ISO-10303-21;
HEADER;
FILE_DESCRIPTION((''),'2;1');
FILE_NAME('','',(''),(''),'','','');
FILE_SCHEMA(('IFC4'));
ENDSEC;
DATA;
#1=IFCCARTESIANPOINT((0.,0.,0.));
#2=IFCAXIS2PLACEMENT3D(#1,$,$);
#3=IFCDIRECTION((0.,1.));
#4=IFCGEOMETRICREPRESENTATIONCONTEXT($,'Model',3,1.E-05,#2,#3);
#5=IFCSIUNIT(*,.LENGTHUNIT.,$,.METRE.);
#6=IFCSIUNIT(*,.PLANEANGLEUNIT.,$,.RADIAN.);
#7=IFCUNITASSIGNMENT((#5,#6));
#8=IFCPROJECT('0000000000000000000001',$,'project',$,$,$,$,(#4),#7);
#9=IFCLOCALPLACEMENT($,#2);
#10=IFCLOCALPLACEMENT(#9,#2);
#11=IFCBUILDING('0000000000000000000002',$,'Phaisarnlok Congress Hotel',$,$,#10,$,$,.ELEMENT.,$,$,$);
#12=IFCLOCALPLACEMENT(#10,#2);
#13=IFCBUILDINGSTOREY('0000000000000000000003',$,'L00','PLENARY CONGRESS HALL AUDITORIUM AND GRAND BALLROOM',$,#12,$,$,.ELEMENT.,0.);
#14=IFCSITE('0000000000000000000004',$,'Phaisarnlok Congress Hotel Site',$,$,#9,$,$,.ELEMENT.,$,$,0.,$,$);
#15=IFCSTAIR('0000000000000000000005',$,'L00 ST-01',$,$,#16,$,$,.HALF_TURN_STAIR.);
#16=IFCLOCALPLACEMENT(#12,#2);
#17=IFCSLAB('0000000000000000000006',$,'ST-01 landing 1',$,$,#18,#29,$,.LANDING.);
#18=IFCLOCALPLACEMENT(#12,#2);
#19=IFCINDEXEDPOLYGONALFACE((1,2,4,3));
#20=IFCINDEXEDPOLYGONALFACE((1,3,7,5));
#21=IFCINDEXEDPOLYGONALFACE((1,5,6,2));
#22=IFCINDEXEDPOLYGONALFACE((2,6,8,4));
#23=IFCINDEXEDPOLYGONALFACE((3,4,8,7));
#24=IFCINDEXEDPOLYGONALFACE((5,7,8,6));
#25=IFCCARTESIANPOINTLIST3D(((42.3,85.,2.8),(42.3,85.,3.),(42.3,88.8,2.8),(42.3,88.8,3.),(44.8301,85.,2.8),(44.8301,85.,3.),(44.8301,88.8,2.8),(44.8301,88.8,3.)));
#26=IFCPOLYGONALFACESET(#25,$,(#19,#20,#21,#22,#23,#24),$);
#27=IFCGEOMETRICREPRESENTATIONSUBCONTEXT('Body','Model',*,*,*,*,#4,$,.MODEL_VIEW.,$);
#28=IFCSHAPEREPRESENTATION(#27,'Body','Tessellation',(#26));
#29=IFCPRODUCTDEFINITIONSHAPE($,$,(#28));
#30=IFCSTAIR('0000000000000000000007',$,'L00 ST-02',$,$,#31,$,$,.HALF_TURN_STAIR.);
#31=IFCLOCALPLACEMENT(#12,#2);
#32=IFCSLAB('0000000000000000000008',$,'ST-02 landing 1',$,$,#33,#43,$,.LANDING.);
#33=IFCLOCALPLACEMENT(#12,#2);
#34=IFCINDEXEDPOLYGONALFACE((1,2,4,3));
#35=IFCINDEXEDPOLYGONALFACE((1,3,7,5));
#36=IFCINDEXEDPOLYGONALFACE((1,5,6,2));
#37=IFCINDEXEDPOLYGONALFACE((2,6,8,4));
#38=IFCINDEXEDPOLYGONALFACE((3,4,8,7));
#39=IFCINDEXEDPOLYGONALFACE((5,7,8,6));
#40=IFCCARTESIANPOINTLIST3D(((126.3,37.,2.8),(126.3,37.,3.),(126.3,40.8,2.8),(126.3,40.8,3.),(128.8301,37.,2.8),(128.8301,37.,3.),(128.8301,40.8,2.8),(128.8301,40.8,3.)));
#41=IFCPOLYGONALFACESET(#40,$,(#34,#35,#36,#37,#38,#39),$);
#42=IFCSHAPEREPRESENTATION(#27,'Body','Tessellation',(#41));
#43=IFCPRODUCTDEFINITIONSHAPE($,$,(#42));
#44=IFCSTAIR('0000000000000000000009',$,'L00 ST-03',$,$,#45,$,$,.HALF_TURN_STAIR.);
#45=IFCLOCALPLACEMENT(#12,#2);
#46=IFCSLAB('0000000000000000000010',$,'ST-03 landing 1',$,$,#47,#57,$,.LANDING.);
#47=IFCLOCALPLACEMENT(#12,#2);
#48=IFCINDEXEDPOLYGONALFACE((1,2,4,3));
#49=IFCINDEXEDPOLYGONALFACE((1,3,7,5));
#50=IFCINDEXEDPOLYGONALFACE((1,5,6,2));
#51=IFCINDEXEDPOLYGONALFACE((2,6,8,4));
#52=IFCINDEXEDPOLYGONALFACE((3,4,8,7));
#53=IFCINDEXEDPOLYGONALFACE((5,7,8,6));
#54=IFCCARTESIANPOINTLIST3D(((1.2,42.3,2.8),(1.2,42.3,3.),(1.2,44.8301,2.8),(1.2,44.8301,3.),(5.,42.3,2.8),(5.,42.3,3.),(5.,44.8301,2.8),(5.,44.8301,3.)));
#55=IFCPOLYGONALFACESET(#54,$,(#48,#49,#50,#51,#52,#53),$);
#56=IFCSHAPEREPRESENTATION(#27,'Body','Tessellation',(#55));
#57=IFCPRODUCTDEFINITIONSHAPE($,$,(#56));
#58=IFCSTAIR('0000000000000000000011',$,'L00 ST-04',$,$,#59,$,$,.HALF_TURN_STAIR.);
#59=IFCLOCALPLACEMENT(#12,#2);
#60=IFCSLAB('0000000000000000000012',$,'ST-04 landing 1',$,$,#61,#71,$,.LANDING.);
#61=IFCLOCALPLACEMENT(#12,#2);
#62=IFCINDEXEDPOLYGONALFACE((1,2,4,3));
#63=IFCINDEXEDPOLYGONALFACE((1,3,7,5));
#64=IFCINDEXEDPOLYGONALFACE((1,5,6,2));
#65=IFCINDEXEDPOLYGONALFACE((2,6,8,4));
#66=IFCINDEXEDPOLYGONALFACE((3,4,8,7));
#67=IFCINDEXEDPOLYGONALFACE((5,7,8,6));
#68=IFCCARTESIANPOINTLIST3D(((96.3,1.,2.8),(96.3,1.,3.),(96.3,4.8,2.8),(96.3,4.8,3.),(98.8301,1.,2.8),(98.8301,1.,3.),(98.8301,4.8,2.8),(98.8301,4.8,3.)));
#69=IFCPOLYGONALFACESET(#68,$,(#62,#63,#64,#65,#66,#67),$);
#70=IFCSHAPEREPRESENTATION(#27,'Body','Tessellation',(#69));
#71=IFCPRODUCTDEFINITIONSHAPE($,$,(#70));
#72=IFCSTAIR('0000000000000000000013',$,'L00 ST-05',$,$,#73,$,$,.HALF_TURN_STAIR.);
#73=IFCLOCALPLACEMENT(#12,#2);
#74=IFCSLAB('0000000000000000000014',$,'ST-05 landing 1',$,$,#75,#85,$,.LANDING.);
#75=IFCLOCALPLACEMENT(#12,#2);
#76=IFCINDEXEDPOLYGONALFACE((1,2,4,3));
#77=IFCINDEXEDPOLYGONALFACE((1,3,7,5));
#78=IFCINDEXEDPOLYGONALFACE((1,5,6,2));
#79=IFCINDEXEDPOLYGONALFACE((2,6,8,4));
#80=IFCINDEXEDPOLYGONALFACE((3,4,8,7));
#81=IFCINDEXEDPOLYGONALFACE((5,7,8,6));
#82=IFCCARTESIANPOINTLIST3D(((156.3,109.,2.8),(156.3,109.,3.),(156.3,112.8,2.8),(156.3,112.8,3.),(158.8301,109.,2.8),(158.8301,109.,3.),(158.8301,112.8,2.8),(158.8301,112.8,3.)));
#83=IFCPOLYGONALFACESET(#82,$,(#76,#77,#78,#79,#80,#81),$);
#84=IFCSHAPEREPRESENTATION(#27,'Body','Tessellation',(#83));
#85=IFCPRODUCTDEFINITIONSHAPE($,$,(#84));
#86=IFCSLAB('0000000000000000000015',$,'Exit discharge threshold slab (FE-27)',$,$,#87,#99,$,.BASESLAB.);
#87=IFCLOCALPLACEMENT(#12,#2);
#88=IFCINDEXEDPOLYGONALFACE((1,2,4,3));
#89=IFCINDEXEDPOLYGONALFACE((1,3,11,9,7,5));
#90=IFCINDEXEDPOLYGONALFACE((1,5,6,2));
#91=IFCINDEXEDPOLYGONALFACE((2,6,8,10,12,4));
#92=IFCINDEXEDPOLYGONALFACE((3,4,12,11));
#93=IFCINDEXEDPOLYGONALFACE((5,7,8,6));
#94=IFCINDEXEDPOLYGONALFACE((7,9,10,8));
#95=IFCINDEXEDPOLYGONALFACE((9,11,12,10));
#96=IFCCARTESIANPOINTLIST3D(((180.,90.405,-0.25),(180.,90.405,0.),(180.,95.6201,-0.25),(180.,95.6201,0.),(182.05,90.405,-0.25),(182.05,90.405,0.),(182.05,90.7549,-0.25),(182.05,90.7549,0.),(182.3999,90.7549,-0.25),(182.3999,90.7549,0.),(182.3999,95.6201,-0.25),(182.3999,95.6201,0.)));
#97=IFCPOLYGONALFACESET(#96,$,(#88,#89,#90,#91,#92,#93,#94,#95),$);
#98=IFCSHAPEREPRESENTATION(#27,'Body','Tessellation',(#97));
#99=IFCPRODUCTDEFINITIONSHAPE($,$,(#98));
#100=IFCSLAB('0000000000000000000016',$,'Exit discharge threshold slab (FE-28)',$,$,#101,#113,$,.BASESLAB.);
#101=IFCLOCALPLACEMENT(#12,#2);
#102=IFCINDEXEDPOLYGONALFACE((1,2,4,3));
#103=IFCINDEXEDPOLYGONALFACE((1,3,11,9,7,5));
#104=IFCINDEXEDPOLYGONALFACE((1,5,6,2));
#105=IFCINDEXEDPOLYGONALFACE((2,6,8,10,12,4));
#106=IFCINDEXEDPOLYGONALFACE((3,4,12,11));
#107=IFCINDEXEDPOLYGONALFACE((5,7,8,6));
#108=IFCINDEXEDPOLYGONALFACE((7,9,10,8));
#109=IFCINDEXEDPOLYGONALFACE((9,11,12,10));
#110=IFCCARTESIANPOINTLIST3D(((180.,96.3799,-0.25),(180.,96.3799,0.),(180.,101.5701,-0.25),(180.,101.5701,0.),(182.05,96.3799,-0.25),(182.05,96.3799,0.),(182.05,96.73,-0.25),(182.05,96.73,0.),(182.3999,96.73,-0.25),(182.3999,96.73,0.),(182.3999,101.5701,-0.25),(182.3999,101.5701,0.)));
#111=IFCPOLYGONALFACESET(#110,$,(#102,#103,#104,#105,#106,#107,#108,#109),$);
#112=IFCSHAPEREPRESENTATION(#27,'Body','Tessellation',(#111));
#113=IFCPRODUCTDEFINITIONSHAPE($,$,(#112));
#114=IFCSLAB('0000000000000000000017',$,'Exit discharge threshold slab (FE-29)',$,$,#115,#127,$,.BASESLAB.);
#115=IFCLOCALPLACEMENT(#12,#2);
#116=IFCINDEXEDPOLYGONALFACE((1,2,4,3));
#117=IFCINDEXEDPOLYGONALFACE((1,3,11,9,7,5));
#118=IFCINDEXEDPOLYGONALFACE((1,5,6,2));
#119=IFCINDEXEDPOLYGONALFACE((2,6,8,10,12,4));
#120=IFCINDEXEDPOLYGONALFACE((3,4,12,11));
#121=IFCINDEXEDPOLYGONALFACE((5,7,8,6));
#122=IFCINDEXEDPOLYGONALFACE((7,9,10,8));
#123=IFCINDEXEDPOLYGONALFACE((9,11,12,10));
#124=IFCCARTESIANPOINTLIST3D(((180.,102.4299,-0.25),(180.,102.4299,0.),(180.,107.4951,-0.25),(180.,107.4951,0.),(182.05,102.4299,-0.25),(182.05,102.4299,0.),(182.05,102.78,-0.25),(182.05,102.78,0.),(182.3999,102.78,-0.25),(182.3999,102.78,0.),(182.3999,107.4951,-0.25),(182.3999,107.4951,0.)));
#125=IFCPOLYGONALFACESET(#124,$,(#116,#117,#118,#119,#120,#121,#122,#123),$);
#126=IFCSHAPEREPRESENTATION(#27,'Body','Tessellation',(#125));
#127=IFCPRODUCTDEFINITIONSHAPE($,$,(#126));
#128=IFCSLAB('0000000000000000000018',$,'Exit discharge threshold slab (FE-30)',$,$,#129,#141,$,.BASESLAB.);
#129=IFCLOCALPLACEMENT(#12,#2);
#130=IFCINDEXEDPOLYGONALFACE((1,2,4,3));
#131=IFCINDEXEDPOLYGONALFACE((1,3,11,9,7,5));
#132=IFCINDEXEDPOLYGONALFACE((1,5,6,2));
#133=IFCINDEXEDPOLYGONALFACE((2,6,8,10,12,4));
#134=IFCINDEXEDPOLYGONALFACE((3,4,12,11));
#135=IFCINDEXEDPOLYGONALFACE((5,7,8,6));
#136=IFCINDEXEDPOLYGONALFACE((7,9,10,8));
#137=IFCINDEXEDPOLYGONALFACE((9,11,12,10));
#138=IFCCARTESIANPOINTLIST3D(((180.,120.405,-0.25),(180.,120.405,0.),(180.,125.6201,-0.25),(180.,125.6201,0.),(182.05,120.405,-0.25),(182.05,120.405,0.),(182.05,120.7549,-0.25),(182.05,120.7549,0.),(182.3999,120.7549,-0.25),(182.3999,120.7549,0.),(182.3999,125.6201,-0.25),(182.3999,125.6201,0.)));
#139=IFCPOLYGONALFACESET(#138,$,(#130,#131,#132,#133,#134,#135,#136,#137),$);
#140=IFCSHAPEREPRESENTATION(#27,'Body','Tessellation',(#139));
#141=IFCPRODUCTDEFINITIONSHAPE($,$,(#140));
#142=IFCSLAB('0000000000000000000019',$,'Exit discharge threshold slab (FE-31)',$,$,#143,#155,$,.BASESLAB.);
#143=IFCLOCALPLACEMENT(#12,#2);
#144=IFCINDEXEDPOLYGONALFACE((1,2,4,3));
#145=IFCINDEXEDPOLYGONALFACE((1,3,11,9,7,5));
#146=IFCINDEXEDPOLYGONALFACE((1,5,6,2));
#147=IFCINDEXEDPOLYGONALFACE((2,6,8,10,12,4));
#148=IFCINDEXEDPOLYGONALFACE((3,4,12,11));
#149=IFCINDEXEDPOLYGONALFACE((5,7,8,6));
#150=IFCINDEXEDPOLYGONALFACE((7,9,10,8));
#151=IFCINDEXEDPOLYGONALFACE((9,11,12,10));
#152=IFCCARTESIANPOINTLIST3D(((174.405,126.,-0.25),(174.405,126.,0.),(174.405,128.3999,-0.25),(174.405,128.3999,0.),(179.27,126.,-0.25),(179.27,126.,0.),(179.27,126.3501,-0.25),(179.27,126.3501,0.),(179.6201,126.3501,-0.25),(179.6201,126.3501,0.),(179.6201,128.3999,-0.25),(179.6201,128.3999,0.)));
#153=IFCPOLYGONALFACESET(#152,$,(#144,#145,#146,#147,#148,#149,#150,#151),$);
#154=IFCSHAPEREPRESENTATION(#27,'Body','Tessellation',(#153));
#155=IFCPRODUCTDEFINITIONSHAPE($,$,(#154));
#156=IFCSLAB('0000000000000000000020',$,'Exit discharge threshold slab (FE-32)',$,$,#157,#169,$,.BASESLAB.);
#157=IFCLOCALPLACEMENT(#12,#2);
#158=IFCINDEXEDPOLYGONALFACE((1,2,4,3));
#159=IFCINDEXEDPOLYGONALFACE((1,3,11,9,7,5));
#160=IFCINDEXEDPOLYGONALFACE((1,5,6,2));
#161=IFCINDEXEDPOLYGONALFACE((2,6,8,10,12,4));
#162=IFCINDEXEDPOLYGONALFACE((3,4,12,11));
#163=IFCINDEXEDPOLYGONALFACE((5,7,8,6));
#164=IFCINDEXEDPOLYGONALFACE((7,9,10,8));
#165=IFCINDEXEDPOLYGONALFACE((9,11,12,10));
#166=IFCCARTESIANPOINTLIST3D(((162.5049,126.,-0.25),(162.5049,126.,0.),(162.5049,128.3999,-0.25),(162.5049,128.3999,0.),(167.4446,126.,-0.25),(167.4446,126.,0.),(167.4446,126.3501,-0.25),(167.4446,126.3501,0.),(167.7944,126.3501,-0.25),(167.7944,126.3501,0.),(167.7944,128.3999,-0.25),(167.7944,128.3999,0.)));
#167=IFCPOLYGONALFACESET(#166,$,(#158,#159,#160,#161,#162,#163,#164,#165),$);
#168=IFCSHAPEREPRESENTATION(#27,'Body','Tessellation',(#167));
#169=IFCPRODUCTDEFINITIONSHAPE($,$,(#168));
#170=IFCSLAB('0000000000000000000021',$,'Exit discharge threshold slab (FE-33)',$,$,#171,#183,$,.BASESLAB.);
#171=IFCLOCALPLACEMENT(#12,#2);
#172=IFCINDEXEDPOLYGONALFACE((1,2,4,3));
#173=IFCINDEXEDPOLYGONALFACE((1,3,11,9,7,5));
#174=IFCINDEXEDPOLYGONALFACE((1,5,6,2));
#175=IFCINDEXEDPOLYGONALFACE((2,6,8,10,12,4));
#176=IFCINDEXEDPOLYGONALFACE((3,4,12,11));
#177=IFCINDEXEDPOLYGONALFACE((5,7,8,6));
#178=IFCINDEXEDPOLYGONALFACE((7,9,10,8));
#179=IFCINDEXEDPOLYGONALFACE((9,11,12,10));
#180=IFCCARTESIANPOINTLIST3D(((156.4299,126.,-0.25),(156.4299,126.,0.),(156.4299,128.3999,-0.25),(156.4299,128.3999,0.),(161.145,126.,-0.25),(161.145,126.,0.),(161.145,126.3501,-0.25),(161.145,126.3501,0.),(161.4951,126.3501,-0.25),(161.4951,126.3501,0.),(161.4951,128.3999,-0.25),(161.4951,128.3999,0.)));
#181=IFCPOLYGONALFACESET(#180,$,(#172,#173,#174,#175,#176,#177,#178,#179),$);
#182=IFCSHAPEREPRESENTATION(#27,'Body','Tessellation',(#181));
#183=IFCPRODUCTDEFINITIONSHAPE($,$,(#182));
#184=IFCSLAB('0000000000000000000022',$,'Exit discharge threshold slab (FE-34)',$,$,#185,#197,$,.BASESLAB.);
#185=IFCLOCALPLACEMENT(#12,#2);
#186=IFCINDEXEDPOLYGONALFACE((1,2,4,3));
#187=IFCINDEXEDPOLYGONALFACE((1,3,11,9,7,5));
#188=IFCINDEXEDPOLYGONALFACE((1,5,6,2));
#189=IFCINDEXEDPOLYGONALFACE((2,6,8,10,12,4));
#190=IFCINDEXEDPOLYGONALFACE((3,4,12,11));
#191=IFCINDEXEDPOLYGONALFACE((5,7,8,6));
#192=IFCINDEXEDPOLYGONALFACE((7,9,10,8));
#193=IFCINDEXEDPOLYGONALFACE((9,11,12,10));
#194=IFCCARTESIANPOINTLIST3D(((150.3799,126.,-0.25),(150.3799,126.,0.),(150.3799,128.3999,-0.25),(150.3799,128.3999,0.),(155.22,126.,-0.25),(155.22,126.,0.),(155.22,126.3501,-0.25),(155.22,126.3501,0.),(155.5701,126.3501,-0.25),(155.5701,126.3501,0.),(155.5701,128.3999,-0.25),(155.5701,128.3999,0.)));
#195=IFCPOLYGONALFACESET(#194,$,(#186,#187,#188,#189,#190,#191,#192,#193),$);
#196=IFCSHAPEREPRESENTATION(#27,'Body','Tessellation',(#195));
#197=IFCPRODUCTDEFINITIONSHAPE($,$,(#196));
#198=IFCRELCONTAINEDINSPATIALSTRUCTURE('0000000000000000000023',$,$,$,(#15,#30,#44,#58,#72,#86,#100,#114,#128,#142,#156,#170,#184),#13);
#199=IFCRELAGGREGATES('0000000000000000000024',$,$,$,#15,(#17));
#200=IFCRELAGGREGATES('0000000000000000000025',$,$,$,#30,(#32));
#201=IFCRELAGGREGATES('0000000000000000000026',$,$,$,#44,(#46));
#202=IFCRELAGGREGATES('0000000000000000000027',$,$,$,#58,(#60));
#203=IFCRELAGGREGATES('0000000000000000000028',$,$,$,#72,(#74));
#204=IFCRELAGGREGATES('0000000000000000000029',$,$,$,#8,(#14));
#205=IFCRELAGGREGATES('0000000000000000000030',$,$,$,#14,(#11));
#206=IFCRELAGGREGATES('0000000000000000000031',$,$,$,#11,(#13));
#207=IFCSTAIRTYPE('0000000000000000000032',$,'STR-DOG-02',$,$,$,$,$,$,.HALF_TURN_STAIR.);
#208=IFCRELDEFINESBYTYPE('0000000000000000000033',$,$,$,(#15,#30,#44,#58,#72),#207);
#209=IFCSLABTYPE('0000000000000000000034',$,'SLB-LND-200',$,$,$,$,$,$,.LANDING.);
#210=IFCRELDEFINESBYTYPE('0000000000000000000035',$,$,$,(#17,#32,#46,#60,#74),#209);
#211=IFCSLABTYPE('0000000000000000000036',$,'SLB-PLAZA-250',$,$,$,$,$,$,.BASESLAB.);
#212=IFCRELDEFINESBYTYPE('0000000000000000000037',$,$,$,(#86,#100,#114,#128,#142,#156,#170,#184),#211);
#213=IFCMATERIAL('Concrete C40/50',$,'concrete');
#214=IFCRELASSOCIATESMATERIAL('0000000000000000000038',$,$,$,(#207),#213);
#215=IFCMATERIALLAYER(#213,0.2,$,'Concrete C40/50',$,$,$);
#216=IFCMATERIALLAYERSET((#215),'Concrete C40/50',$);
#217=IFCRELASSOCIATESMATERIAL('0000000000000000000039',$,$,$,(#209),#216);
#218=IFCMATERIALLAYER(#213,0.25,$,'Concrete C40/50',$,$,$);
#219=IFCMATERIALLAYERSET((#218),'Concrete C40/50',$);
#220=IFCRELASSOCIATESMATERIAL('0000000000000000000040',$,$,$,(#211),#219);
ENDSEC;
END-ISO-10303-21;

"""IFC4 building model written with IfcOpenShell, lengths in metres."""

from ifc_helpers import new_model, si_unit, direction, frame, origin, place, context, subcontext, project, spatial, polyline, outline, extrude, material, layer, layer_set, type_object, element, aggregate, save


model = new_model("IFC4")

# Units and contexts
model_context = context("Model", 3, precision=1e-05, world=origin(), true_north=direction((0.0, 1.0)))
body_context = subcontext(model_context, "Body", "Model", "MODEL_VIEW")
ifc_project = project(units=[si_unit("LENGTHUNIT", "METRE"), si_unit("PLANEANGLEUNIT", "RADIAN")], contexts=[model_context])

# Site, building, storey
site_placement = place(None, origin())
site = spatial("IfcSite", under=ifc_project, at=site_placement, Name="Phaisarnlok Congress Hotel Site", CompositionType="ELEMENT", RefElevation=0.0)
building_placement = place(site_placement, origin())
building = spatial("IfcBuilding", under=site, at=building_placement, Name="Phaisarnlok Congress Hotel", CompositionType="ELEMENT")
storey_placement = place(building_placement, origin())
storey = spatial("IfcBuildingStorey", under=building, at=storey_placement, Name="L00", Description="PLENARY CONGRESS HALL AUDITORIUM AND GRAND BALLROOM", CompositionType="ELEMENT", Elevation=0.0)

# Stairs, slabs
ifc_material = material(Name="Concrete C40/50", Category="concrete")
stair_type = type_object("IfcStairType", Name="STR-DOG-02", PredefinedType="HALF_TURN_STAIR", material=ifc_material)
stair_1_placement = place(storey_placement, origin())
stair_1 = element("IfcStair", 1, at=stair_1_placement, inside=storey, type_object=stair_type, Name="L00 ST-01", PredefinedType="HALF_TURN_STAIR")
ifc_layer_1 = layer(ifc_material, 0.2, Name="Concrete C40/50")
ifc_layer_set_1 = layer_set([ifc_layer_1], Name="Concrete C40/50")
slab_type_1 = type_object("IfcSlabType", Name="SLB-LND-200", PredefinedType="LANDING", material=ifc_layer_set_1)
slab_1_placement = place(storey_placement, frame((0.0, 0.0, 2.8)))
slab_1 = element("IfcSlab", 2, at=slab_1_placement, type_object=slab_type_1, Name="ST-01 landing 1", PredefinedType="LANDING", context=body_context, shape_type="SweptSolid", body=[
    extrude(outline(polyline([(44.8301, 88.8), (42.3, 88.8), (42.3, 85.0), (44.8301, 85.0), (44.8301, 88.8)])), origin(), (0.0, 0.0, 1.0), 0.2),
])
aggregate(stair_1, [slab_1])
stair_2_placement = place(storey_placement, origin())
stair_2 = element("IfcStair", 3, at=stair_2_placement, inside=storey, type_object=stair_type, Name="L00 ST-02", PredefinedType="HALF_TURN_STAIR")
slab_2_placement = place(storey_placement, frame((0.0, 0.0, 2.8)))
slab_2 = element("IfcSlab", 4, at=slab_2_placement, type_object=slab_type_1, Name="ST-02 landing 1", PredefinedType="LANDING", context=body_context, shape_type="SweptSolid", body=[
    extrude(outline(polyline([(128.8301, 40.8), (126.3, 40.8), (126.3, 37.0), (128.8301, 37.0), (128.8301, 40.8)])), origin(), (0.0, 0.0, 1.0), 0.2),
])
aggregate(stair_2, [slab_2])
stair_3_placement = place(storey_placement, origin())
stair_3 = element("IfcStair", 5, at=stair_3_placement, inside=storey, type_object=stair_type, Name="L00 ST-03", PredefinedType="HALF_TURN_STAIR")
slab_3_placement = place(storey_placement, frame((0.0, 0.0, 2.8)))
slab_3 = element("IfcSlab", 6, at=slab_3_placement, type_object=slab_type_1, Name="ST-03 landing 1", PredefinedType="LANDING", context=body_context, shape_type="SweptSolid", body=[
    extrude(outline(polyline([(1.2, 44.8301), (1.2, 42.3), (5.0, 42.3), (5.0, 44.8301), (1.2, 44.8301)])), origin(), (0.0, 0.0, 1.0), 0.2),
])
aggregate(stair_3, [slab_3])
stair_4_placement = place(storey_placement, origin())
stair_4 = element("IfcStair", 7, at=stair_4_placement, inside=storey, type_object=stair_type, Name="L00 ST-04", PredefinedType="HALF_TURN_STAIR")
slab_4_placement = place(storey_placement, frame((0.0, 0.0, 2.8)))
slab_4 = element("IfcSlab", 8, at=slab_4_placement, type_object=slab_type_1, Name="ST-04 landing 1", PredefinedType="LANDING", context=body_context, shape_type="SweptSolid", body=[
    extrude(outline(polyline([(98.8301, 4.8), (96.3, 4.8), (96.3, 1.0), (98.8301, 1.0), (98.8301, 4.8)])), origin(), (0.0, 0.0, 1.0), 0.2),
])
aggregate(stair_4, [slab_4])
stair_5_placement = place(storey_placement, origin())
stair_5 = element("IfcStair", 9, at=stair_5_placement, inside=storey, type_object=stair_type, Name="L00 ST-05", PredefinedType="HALF_TURN_STAIR")
slab_5_placement = place(storey_placement, frame((0.0, 0.0, 2.8)))
slab_5 = element("IfcSlab", 10, at=slab_5_placement, type_object=slab_type_1, Name="ST-05 landing 1", PredefinedType="LANDING", context=body_context, shape_type="SweptSolid", body=[
    extrude(outline(polyline([(158.8301, 112.8), (156.3, 112.8), (156.3, 109.0), (158.8301, 109.0), (158.8301, 112.8)])), origin(), (0.0, 0.0, 1.0), 0.2),
])
aggregate(stair_5, [slab_5])

# Slabs
ifc_layer_2 = layer(ifc_material, 0.25, Name="Concrete C40/50")
ifc_layer_set_2 = layer_set([ifc_layer_2], Name="Concrete C40/50")
slab_type_2 = type_object("IfcSlabType", Name="SLB-PLAZA-250", PredefinedType="BASESLAB", material=ifc_layer_set_2)
slab_6_placement = place(storey_placement, frame((0.0, 0.0, -0.25)))
element("IfcSlab", 11, at=slab_6_placement, inside=storey, type_object=slab_type_2, Name="Exit discharge threshold slab (FE-27)", PredefinedType="BASESLAB", context=body_context, shape_type="SweptSolid", body=[
    extrude(outline(polyline([(180.0, 90.405), (182.05, 90.405), (182.05, 90.7549), (182.3999, 90.7549), (182.3999, 95.6201), (180.0, 95.6201), (180.0, 90.405)])), origin(), (0.0, 0.0, 1.0), 0.25),
])
slab_7_placement = place(storey_placement, frame((0.0, 0.0, -0.25)))
element("IfcSlab", 12, at=slab_7_placement, inside=storey, type_object=slab_type_2, Name="Exit discharge threshold slab (FE-28)", PredefinedType="BASESLAB", context=body_context, shape_type="SweptSolid", body=[
    extrude(outline(polyline([(180.0, 96.3799), (182.05, 96.3799), (182.05, 96.73), (182.3999, 96.73), (182.3999, 101.5701), (180.0, 101.5701), (180.0, 96.3799)])), origin(), (0.0, 0.0, 1.0), 0.25),
])
slab_8_placement = place(storey_placement, frame((0.0, 0.0, -0.25)))
element("IfcSlab", 13, at=slab_8_placement, inside=storey, type_object=slab_type_2, Name="Exit discharge threshold slab (FE-29)", PredefinedType="BASESLAB", context=body_context, shape_type="SweptSolid", body=[
    extrude(outline(polyline([(180.0, 102.4299), (182.05, 102.4299), (182.05, 102.78), (182.3999, 102.78), (182.3999, 107.4951), (180.0, 107.4951), (180.0, 102.4299)])), origin(), (0.0, 0.0, 1.0), 0.25),
])
slab_9_placement = place(storey_placement, frame((0.0, 0.0, -0.25)))
element("IfcSlab", 14, at=slab_9_placement, inside=storey, type_object=slab_type_2, Name="Exit discharge threshold slab (FE-30)", PredefinedType="BASESLAB", context=body_context, shape_type="SweptSolid", body=[
    extrude(outline(polyline([(180.0, 120.405), (182.05, 120.405), (182.05, 120.7549), (182.3999, 120.7549), (182.3999, 125.6201), (180.0, 125.6201), (180.0, 120.405)])), origin(), (0.0, 0.0, 1.0), 0.25),
])
slab_10_placement = place(storey_placement, frame((0.0, 0.0, -0.25)))
element("IfcSlab", 15, at=slab_10_placement, inside=storey, type_object=slab_type_2, Name="Exit discharge threshold slab (FE-31)", PredefinedType="BASESLAB", context=body_context, shape_type="SweptSolid", body=[
    extrude(outline(polyline([(174.405, 126.0), (179.27, 126.0), (179.27, 126.3501), (179.6201, 126.3501), (179.6201, 128.3999), (174.405, 128.3999), (174.405, 126.0)])), origin(), (0.0, 0.0, 1.0), 0.25),
])
slab_11_placement = place(storey_placement, frame((0.0, 0.0, -0.25)))
element("IfcSlab", 16, at=slab_11_placement, inside=storey, type_object=slab_type_2, Name="Exit discharge threshold slab (FE-32)", PredefinedType="BASESLAB", context=body_context, shape_type="SweptSolid", body=[
    extrude(outline(polyline([(162.5049, 126.0), (167.4446, 126.0), (167.4446, 126.3501), (167.7944, 126.3501), (167.7944, 128.3999), (162.5049, 128.3999), (162.5049, 126.0)])), origin(), (0.0, 0.0, 1.0), 0.25),
])
slab_12_placement = place(storey_placement, frame((0.0, 0.0, -0.25)))
element("IfcSlab", 17, at=slab_12_placement, inside=storey, type_object=slab_type_2, Name="Exit discharge threshold slab (FE-33)", PredefinedType="BASESLAB", context=body_context, shape_type="SweptSolid", body=[
    extrude(outline(polyline([(156.4299, 126.0), (161.145, 126.0), (161.145, 126.3501), (161.4951, 126.3501), (161.4951, 128.3999), (156.4299, 128.3999), (156.4299, 126.0)])), origin(), (0.0, 0.0, 1.0), 0.25),
])
slab_13_placement = place(storey_placement, frame((0.0, 0.0, -0.25)))
element("IfcSlab", 18, at=slab_13_placement, inside=storey, type_object=slab_type_2, Name="Exit discharge threshold slab (FE-34)", PredefinedType="BASESLAB", context=body_context, shape_type="SweptSolid", body=[
    extrude(outline(polyline([(150.3799, 126.0), (155.22, 126.0), (155.22, 126.3501), (155.5701, 126.3501), (155.5701, 128.3999), (150.3799, 128.3999), (150.3799, 126.0)])), origin(), (0.0, 0.0, 1.0), 0.25),
])

save(model, "model.ifc")
